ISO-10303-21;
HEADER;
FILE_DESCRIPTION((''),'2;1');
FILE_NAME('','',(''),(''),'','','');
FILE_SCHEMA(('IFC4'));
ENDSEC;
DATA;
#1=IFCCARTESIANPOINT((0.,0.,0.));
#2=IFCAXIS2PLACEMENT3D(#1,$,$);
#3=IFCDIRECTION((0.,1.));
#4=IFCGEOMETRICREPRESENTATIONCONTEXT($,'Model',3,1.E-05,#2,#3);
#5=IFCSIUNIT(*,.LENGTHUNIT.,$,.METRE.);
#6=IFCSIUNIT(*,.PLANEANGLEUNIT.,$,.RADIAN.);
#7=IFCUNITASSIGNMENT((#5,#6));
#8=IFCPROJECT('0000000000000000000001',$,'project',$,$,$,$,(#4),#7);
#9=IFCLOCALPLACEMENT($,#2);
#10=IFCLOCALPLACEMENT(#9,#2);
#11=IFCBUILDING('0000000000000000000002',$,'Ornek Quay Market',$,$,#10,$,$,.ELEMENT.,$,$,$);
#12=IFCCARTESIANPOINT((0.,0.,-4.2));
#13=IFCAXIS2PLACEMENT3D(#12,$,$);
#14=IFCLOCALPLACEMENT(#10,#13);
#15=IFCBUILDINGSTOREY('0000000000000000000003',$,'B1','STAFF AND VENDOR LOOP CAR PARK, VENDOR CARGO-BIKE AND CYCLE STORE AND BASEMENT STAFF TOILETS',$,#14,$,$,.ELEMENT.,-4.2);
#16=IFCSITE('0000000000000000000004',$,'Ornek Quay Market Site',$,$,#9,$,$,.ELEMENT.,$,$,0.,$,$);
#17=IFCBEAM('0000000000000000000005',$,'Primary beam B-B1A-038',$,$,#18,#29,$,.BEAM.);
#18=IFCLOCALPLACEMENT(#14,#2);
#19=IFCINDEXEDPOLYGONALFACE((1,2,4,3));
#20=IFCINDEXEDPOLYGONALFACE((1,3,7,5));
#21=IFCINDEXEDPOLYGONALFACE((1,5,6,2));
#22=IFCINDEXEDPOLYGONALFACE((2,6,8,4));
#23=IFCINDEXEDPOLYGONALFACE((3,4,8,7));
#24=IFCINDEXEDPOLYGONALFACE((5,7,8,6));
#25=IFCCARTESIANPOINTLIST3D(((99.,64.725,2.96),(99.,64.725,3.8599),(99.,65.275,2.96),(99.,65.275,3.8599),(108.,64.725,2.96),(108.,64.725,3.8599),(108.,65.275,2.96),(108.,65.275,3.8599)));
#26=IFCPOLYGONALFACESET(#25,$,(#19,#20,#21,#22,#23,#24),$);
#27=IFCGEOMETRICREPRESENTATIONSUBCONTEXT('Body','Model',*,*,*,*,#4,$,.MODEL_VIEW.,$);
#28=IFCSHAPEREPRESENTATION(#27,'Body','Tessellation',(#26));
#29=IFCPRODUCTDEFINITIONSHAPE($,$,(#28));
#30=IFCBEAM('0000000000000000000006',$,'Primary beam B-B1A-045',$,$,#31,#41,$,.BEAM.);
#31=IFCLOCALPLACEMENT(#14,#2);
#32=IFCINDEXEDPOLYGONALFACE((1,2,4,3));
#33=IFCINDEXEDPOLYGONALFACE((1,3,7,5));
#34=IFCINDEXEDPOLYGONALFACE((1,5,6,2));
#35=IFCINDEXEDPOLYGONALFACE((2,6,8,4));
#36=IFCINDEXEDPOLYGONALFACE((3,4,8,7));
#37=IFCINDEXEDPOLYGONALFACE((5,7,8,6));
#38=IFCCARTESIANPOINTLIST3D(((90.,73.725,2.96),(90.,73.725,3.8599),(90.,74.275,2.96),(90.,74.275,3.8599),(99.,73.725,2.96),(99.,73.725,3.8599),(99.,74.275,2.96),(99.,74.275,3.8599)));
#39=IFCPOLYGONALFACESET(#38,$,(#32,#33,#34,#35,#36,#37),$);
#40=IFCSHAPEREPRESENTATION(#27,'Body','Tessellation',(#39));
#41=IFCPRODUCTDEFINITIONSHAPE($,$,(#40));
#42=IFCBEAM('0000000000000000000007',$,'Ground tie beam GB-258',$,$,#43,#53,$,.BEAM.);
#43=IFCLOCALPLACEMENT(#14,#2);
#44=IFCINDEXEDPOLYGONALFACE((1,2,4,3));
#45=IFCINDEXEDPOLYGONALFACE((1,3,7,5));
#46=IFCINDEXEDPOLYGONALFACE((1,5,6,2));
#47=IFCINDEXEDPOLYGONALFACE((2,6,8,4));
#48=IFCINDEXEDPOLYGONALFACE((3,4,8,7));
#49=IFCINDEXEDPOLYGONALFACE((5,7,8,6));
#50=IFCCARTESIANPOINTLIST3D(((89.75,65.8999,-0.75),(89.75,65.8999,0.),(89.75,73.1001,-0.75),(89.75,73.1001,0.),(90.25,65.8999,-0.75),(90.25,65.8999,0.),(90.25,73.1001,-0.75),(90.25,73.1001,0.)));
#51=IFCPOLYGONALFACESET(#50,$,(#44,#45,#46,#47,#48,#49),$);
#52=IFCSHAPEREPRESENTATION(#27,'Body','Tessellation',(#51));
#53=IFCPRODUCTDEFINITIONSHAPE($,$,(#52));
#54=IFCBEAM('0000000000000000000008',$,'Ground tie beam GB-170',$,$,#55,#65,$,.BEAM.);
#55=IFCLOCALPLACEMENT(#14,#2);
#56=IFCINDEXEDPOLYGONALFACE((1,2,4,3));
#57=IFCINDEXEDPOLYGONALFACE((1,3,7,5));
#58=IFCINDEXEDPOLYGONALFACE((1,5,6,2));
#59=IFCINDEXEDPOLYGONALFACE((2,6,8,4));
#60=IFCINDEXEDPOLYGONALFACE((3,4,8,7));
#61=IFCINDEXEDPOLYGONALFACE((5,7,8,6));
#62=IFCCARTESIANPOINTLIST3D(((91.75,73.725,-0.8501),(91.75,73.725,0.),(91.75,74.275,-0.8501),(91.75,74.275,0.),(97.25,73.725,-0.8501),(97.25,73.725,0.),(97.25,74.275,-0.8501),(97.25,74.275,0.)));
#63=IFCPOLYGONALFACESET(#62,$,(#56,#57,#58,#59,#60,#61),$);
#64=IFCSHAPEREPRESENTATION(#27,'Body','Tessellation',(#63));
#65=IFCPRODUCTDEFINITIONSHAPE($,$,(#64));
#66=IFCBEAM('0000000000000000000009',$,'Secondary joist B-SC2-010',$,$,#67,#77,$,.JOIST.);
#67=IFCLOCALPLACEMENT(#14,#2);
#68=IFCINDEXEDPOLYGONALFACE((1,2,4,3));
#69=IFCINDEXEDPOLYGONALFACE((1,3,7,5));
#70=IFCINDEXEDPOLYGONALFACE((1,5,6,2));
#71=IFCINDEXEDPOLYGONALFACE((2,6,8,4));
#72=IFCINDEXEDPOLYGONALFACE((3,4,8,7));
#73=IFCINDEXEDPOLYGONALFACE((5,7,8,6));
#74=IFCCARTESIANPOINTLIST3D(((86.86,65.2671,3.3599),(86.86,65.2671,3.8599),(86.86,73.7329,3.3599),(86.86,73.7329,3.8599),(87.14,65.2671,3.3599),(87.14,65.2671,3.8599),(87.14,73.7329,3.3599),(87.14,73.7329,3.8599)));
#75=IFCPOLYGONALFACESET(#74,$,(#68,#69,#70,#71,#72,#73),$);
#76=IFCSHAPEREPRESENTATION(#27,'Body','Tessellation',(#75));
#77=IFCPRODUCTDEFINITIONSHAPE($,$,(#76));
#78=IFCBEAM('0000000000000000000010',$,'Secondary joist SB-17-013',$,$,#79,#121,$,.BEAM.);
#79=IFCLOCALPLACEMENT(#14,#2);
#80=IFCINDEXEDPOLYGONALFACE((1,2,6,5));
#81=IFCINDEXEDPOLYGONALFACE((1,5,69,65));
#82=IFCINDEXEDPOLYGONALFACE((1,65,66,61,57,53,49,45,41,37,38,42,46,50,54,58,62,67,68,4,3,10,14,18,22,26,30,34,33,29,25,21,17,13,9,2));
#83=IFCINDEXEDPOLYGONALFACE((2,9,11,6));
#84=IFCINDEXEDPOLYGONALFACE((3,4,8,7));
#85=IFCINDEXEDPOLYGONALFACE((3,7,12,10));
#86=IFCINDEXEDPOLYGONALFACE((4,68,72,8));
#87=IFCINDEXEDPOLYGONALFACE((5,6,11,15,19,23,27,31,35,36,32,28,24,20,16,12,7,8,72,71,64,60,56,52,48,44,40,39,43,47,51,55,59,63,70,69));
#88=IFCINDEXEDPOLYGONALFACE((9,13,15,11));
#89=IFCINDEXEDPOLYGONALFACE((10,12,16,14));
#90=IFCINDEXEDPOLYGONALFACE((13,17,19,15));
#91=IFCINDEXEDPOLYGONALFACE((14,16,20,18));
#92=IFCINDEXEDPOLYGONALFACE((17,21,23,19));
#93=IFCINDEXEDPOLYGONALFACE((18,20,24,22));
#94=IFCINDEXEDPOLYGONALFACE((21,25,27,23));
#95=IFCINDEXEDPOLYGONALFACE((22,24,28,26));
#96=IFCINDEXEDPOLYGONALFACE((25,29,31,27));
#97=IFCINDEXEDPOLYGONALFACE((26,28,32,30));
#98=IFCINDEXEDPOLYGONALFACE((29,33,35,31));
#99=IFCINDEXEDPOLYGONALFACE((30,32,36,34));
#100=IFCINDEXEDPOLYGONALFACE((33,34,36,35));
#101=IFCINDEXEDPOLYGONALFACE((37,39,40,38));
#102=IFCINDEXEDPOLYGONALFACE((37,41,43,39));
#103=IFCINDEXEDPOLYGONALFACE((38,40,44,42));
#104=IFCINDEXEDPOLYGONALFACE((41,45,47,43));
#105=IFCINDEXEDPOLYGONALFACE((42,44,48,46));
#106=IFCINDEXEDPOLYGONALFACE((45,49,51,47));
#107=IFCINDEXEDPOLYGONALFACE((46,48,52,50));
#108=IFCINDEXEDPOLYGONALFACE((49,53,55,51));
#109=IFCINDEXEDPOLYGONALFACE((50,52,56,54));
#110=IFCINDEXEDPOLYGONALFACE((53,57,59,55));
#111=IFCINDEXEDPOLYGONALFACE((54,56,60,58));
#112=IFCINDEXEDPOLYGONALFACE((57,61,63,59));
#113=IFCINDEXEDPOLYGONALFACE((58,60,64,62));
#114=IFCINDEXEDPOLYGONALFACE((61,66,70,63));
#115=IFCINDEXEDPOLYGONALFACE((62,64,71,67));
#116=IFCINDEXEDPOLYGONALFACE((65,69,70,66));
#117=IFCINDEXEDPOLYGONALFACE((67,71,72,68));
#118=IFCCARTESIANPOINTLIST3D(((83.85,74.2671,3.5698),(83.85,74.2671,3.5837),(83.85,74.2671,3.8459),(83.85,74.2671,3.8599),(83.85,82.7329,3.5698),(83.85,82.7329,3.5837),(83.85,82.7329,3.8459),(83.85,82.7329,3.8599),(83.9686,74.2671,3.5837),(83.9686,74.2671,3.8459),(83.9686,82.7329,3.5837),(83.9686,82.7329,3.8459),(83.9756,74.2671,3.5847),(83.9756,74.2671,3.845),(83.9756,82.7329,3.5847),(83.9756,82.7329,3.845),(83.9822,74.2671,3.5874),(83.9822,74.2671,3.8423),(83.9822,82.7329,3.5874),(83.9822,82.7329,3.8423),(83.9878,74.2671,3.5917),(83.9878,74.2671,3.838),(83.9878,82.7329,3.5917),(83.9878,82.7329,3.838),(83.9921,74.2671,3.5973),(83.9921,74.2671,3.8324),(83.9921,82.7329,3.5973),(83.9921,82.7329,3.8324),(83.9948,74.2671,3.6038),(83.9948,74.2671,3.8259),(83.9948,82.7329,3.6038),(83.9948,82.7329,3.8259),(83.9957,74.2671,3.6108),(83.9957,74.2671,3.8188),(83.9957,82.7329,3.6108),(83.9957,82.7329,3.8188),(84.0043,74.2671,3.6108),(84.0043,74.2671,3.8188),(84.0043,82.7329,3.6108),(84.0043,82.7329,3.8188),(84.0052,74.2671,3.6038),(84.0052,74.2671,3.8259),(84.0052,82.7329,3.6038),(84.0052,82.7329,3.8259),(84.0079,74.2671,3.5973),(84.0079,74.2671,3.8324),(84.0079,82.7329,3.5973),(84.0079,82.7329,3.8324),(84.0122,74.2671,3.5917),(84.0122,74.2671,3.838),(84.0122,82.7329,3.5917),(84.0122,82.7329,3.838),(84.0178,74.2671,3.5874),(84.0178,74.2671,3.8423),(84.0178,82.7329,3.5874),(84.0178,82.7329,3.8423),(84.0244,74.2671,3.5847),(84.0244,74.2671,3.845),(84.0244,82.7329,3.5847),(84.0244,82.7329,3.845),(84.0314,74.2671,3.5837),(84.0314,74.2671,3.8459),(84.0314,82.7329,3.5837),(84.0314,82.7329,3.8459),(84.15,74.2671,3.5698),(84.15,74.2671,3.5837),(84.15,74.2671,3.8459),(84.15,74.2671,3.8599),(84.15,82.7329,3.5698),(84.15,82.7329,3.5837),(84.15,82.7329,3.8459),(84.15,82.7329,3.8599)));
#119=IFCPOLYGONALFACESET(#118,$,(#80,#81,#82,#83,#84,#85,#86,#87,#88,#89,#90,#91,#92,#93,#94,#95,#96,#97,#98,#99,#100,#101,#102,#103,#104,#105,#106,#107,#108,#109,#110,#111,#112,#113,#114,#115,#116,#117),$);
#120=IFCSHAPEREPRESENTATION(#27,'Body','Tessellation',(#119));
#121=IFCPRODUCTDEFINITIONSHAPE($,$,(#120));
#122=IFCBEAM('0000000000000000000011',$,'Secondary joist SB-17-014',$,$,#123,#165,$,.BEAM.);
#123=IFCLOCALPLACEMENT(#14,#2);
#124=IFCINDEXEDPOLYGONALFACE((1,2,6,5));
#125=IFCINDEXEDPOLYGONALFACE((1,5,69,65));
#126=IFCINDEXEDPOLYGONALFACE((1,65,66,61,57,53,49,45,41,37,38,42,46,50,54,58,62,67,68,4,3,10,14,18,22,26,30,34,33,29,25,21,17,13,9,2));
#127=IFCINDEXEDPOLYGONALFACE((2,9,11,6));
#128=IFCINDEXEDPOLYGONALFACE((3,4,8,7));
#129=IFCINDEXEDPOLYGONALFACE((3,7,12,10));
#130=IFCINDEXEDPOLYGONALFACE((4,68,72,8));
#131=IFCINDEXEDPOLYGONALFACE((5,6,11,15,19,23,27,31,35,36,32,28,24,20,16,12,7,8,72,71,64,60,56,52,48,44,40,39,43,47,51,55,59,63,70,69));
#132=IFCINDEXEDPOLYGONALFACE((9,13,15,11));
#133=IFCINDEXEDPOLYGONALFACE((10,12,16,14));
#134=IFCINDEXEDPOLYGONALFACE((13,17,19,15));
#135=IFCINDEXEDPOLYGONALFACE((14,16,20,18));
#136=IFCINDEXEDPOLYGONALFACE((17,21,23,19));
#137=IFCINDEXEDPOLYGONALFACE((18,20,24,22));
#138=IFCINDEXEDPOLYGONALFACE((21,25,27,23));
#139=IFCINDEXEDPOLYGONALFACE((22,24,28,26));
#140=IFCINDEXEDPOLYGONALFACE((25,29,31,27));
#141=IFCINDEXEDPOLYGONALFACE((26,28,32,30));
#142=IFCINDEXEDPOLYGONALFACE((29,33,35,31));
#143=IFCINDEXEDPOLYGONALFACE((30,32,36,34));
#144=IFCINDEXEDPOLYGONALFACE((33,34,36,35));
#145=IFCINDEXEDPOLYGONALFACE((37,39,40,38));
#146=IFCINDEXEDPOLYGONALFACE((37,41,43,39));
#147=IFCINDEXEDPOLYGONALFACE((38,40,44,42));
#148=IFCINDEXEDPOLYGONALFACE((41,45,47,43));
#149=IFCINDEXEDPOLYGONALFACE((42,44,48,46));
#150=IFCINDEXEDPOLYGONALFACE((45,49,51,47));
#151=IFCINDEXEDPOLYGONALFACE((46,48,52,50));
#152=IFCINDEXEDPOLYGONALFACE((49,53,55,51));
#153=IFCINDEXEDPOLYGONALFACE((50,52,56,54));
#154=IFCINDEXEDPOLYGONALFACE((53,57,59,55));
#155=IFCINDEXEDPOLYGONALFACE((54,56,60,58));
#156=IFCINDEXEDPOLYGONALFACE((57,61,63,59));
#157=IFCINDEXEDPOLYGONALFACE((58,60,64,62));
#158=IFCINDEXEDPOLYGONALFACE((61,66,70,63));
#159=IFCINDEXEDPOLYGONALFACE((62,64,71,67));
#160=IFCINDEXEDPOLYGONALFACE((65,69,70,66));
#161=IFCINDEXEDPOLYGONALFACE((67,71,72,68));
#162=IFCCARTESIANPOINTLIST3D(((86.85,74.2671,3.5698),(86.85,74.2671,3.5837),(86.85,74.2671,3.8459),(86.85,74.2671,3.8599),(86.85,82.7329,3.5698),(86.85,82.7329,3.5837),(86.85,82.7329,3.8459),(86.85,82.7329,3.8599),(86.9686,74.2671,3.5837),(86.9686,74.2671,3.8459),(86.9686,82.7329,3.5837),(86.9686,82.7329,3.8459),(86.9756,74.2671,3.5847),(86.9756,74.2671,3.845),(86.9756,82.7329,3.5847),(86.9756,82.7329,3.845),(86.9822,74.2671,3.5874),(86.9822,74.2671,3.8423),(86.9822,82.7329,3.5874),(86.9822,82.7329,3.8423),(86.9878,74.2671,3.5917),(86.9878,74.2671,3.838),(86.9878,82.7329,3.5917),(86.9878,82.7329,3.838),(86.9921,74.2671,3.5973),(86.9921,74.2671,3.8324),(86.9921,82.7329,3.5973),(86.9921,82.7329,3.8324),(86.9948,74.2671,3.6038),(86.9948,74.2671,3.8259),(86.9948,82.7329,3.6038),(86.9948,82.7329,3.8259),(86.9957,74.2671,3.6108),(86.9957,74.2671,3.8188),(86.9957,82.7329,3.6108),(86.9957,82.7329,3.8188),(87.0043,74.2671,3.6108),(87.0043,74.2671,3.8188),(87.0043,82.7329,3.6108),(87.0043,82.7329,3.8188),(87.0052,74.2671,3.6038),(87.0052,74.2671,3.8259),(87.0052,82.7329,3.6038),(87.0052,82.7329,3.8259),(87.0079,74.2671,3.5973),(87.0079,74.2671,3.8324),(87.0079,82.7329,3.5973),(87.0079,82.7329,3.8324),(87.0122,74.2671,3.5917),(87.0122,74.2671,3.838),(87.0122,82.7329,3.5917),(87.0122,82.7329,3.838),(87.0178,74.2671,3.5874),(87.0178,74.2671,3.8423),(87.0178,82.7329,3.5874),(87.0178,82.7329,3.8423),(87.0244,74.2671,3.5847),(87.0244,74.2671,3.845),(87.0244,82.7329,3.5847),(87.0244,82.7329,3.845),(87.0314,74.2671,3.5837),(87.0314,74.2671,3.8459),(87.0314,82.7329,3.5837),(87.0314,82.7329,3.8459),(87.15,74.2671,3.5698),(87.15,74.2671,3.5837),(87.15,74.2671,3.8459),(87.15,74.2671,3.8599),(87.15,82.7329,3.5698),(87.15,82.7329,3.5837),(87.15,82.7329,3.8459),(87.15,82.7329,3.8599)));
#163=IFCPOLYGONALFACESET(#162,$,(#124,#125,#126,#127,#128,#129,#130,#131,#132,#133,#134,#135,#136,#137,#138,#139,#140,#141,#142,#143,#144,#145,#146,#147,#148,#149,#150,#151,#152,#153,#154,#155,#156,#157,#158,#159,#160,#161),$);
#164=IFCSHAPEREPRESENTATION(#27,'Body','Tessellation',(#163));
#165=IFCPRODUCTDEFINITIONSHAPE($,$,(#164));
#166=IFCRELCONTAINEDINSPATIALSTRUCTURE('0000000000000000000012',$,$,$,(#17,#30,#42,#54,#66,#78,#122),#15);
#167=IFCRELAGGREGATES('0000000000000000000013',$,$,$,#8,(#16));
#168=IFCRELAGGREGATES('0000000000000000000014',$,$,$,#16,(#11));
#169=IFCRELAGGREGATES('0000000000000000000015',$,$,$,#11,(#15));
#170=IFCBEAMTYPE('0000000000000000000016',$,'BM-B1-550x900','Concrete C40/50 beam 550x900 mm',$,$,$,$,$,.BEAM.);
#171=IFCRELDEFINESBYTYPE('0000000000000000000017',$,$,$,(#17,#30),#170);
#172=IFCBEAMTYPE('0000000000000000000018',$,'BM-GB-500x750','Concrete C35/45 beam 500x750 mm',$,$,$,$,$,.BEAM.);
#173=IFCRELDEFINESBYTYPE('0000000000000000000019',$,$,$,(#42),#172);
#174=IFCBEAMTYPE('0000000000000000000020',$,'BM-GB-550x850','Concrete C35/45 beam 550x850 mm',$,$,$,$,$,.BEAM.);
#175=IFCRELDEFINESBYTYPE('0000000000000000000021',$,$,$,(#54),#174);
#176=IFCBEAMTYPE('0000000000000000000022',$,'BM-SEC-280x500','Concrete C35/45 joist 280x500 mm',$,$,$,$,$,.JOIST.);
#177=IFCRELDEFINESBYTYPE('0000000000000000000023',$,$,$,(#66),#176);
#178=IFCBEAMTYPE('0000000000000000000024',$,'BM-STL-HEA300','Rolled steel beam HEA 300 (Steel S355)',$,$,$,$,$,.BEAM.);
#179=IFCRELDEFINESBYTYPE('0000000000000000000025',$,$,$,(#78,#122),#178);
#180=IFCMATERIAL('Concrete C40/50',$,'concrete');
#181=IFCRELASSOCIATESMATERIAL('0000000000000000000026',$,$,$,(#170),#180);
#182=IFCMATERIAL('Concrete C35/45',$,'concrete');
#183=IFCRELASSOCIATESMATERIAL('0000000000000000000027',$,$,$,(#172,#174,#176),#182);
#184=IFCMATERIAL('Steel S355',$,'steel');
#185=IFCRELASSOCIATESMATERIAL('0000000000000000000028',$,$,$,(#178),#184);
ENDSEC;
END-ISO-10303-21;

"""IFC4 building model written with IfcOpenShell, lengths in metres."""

from ifc_helpers import new_model, si_unit, direction, frame, origin, origin_2d, place, context, subcontext, project, spatial, rectangle, i_section, extrude, material, material_profile, profile_set, type_object, element, save


model = new_model("IFC4")

# Units and contexts
model_context = context("Model", 3, precision=1e-05, world=origin(), true_north=direction((0.0, 1.0)))
body_context = subcontext(model_context, "Body", "Model", "MODEL_VIEW")
ifc_project = project(units=[si_unit("LENGTHUNIT", "METRE"), si_unit("PLANEANGLEUNIT", "RADIAN")], contexts=[model_context])

# Site, building, storey
site_placement = place(None, origin())
site = spatial("IfcSite", under=ifc_project, at=site_placement, Name="Ornek Quay Market Site", CompositionType="ELEMENT", RefElevation=0.0)
building_placement = place(site_placement, origin())
building = spatial("IfcBuilding", under=site, at=building_placement, Name="Ornek Quay Market", CompositionType="ELEMENT")
storey_placement = place(building_placement, frame((0.0, 0.0, -4.2)))
storey = spatial("IfcBuildingStorey", under=building, at=storey_placement, Name="B1", Description="STAFF AND VENDOR LOOP CAR PARK, VENDOR CARGO-BIKE AND CYCLE STORE AND BASEMENT STAFF TOILETS", CompositionType="ELEMENT", Elevation=-4.2)

# Shared definitions
ifc_material_1 = material(Name="Concrete C35/45", Category="concrete")

# Shared definitions
ifc_material_2 = material(Name="Concrete C40/50", Category="concrete")

# Beams
ifc_material_profile_1 = material_profile(ifc_material_2, rectangle(XDim=0.55, YDim=0.8999, at=origin_2d()), Name="RC 550x900", Category="concrete")
ifc_profile_set_1 = profile_set([ifc_material_profile_1], Name="Concrete C40/50")
beam_type_1 = type_object("IfcBeamType", Name="BM-B1-550x900", Description="Concrete C40/50 beam 550x900 mm", PredefinedType="BEAM", material=ifc_profile_set_1)
for number, where, z_axis, x_axis, name in (
    (1, (99.0, 65.0, 3.4099), (1.0, 0.0, 0.0), (0.0, 1.0, 0.0), "Primary beam B-B1A-038"),
    (2, (90.0, 74.0, 3.4099), (1.0, 0.0, 0.0), (0.0, 1.0, 0.0), "Primary beam B-B1A-045"),
):
    element("IfcBeam", number, at=place(storey_placement, frame(where, z_axis=z_axis, x_axis=x_axis)), inside=storey, type_object=beam_type_1, Name=name, PredefinedType="BEAM", context=body_context, shape_type="SweptSolid", body=[
        extrude(rectangle(XDim=0.55, YDim=0.8999, at=origin_2d()), origin(), (0.0, 0.0, 1.0), 9.0),
    ])
ifc_material_profile_2 = material_profile(ifc_material_1, rectangle(XDim=0.5, YDim=0.75, at=origin_2d()), Name="RC 500x750", Category="concrete")
ifc_profile_set_2 = profile_set([ifc_material_profile_2], Name="Concrete C35/45")
beam_type_2 = type_object("IfcBeamType", Name="BM-GB-500x750", Description="Concrete C35/45 beam 500x750 mm", PredefinedType="BEAM", material=ifc_profile_set_2)
beam_1_placement = place(storey_placement, frame((90.0, 65.8999, -0.375), z_axis=(0.0, 1.0, 0.0), x_axis=(-1.0, 0.0, 0.0)))
element("IfcBeam", 3, at=beam_1_placement, inside=storey, type_object=beam_type_2, Name="Ground tie beam GB-258", PredefinedType="BEAM", context=body_context, shape_type="SweptSolid", body=[
    extrude(rectangle(XDim=0.5, YDim=0.75, at=origin_2d()), origin(), (0.0, 0.0, 1.0), 7.2002),
])
ifc_material_profile_3 = material_profile(ifc_material_1, rectangle(XDim=0.55, YDim=0.8501, at=origin_2d()), Name="RC 550x850", Category="concrete")
ifc_profile_set_3 = profile_set([ifc_material_profile_3], Name="Concrete C35/45")
beam_type_3 = type_object("IfcBeamType", Name="BM-GB-550x850", Description="Concrete C35/45 beam 550x850 mm", PredefinedType="BEAM", material=ifc_profile_set_3)
beam_2_placement = place(storey_placement, frame((91.75, 74.0, -0.425), z_axis=(1.0, 0.0, 0.0), x_axis=(0.0, 1.0, 0.0)))
element("IfcBeam", 4, at=beam_2_placement, inside=storey, type_object=beam_type_3, Name="Ground tie beam GB-170", PredefinedType="BEAM", context=body_context, shape_type="SweptSolid", body=[
    extrude(rectangle(XDim=0.55, YDim=0.8501, at=origin_2d()), origin(), (0.0, 0.0, 1.0), 5.5),
])
ifc_material_profile_4 = material_profile(ifc_material_1, rectangle(XDim=0.28, YDim=0.5, at=origin_2d()), Name="RC 280x500", Category="concrete")
ifc_profile_set_4 = profile_set([ifc_material_profile_4], Name="Concrete C35/45")
beam_type_4 = type_object("IfcBeamType", Name="BM-SEC-280x500", Description="Concrete C35/45 joist 280x500 mm", PredefinedType="JOIST", material=ifc_profile_set_4)
beam_3_placement = place(storey_placement, frame((87.0, 65.2671, 3.6099), z_axis=(0.0, 1.0, 0.0), x_axis=(-1.0, 0.0, 0.0)))
element("IfcBeam", 5, at=beam_3_placement, inside=storey, type_object=beam_type_4, Name="Secondary joist B-SC2-010", PredefinedType="JOIST", context=body_context, shape_type="SweptSolid", body=[
    extrude(rectangle(XDim=0.28, YDim=0.5, at=origin_2d()), origin(), (0.0, 0.0, 1.0), 8.4658),
])
ifc_material_3 = material(Name="Steel S355", Category="steel")
ifc_material_profile_5 = material_profile(ifc_material_3, i_section(OverallWidth=0.3, OverallDepth=0.29, WebThickness=0.0085, FlangeThickness=0.0139, FilletRadius=0.0271, at=origin_2d()), Name="HEA 300", Category="steel")
ifc_profile_set_5 = profile_set([ifc_material_profile_5], Name="Steel S355")
beam_type_5 = type_object("IfcBeamType", Name="BM-STL-HEA300", Description="Rolled steel beam HEA 300 (Steel S355)", PredefinedType="BEAM", material=ifc_profile_set_5)
for number, where, z_axis, x_axis, name in (
    (6, (84.0, 74.2671, 3.7148), (0.0, 1.0, 0.0), (-1.0, 0.0, 0.0), "Secondary joist SB-17-013"),
    (7, (87.0, 74.2671, 3.7148), (0.0, 1.0, 0.0), (-1.0, 0.0, 0.0), "Secondary joist SB-17-014"),
):
    element("IfcBeam", number, at=place(storey_placement, frame(where, z_axis=z_axis, x_axis=x_axis)), inside=storey, type_object=beam_type_5, Name=name, PredefinedType="BEAM", context=body_context, shape_type="SweptSolid", body=[
        extrude(i_section(OverallWidth=0.3, OverallDepth=0.29, WebThickness=0.0085, FlangeThickness=0.0139, FilletRadius=0.0271, at=origin_2d()), origin(), (0.0, 0.0, 1.0), 8.4658),
    ])

save(model, "model.ifc")
